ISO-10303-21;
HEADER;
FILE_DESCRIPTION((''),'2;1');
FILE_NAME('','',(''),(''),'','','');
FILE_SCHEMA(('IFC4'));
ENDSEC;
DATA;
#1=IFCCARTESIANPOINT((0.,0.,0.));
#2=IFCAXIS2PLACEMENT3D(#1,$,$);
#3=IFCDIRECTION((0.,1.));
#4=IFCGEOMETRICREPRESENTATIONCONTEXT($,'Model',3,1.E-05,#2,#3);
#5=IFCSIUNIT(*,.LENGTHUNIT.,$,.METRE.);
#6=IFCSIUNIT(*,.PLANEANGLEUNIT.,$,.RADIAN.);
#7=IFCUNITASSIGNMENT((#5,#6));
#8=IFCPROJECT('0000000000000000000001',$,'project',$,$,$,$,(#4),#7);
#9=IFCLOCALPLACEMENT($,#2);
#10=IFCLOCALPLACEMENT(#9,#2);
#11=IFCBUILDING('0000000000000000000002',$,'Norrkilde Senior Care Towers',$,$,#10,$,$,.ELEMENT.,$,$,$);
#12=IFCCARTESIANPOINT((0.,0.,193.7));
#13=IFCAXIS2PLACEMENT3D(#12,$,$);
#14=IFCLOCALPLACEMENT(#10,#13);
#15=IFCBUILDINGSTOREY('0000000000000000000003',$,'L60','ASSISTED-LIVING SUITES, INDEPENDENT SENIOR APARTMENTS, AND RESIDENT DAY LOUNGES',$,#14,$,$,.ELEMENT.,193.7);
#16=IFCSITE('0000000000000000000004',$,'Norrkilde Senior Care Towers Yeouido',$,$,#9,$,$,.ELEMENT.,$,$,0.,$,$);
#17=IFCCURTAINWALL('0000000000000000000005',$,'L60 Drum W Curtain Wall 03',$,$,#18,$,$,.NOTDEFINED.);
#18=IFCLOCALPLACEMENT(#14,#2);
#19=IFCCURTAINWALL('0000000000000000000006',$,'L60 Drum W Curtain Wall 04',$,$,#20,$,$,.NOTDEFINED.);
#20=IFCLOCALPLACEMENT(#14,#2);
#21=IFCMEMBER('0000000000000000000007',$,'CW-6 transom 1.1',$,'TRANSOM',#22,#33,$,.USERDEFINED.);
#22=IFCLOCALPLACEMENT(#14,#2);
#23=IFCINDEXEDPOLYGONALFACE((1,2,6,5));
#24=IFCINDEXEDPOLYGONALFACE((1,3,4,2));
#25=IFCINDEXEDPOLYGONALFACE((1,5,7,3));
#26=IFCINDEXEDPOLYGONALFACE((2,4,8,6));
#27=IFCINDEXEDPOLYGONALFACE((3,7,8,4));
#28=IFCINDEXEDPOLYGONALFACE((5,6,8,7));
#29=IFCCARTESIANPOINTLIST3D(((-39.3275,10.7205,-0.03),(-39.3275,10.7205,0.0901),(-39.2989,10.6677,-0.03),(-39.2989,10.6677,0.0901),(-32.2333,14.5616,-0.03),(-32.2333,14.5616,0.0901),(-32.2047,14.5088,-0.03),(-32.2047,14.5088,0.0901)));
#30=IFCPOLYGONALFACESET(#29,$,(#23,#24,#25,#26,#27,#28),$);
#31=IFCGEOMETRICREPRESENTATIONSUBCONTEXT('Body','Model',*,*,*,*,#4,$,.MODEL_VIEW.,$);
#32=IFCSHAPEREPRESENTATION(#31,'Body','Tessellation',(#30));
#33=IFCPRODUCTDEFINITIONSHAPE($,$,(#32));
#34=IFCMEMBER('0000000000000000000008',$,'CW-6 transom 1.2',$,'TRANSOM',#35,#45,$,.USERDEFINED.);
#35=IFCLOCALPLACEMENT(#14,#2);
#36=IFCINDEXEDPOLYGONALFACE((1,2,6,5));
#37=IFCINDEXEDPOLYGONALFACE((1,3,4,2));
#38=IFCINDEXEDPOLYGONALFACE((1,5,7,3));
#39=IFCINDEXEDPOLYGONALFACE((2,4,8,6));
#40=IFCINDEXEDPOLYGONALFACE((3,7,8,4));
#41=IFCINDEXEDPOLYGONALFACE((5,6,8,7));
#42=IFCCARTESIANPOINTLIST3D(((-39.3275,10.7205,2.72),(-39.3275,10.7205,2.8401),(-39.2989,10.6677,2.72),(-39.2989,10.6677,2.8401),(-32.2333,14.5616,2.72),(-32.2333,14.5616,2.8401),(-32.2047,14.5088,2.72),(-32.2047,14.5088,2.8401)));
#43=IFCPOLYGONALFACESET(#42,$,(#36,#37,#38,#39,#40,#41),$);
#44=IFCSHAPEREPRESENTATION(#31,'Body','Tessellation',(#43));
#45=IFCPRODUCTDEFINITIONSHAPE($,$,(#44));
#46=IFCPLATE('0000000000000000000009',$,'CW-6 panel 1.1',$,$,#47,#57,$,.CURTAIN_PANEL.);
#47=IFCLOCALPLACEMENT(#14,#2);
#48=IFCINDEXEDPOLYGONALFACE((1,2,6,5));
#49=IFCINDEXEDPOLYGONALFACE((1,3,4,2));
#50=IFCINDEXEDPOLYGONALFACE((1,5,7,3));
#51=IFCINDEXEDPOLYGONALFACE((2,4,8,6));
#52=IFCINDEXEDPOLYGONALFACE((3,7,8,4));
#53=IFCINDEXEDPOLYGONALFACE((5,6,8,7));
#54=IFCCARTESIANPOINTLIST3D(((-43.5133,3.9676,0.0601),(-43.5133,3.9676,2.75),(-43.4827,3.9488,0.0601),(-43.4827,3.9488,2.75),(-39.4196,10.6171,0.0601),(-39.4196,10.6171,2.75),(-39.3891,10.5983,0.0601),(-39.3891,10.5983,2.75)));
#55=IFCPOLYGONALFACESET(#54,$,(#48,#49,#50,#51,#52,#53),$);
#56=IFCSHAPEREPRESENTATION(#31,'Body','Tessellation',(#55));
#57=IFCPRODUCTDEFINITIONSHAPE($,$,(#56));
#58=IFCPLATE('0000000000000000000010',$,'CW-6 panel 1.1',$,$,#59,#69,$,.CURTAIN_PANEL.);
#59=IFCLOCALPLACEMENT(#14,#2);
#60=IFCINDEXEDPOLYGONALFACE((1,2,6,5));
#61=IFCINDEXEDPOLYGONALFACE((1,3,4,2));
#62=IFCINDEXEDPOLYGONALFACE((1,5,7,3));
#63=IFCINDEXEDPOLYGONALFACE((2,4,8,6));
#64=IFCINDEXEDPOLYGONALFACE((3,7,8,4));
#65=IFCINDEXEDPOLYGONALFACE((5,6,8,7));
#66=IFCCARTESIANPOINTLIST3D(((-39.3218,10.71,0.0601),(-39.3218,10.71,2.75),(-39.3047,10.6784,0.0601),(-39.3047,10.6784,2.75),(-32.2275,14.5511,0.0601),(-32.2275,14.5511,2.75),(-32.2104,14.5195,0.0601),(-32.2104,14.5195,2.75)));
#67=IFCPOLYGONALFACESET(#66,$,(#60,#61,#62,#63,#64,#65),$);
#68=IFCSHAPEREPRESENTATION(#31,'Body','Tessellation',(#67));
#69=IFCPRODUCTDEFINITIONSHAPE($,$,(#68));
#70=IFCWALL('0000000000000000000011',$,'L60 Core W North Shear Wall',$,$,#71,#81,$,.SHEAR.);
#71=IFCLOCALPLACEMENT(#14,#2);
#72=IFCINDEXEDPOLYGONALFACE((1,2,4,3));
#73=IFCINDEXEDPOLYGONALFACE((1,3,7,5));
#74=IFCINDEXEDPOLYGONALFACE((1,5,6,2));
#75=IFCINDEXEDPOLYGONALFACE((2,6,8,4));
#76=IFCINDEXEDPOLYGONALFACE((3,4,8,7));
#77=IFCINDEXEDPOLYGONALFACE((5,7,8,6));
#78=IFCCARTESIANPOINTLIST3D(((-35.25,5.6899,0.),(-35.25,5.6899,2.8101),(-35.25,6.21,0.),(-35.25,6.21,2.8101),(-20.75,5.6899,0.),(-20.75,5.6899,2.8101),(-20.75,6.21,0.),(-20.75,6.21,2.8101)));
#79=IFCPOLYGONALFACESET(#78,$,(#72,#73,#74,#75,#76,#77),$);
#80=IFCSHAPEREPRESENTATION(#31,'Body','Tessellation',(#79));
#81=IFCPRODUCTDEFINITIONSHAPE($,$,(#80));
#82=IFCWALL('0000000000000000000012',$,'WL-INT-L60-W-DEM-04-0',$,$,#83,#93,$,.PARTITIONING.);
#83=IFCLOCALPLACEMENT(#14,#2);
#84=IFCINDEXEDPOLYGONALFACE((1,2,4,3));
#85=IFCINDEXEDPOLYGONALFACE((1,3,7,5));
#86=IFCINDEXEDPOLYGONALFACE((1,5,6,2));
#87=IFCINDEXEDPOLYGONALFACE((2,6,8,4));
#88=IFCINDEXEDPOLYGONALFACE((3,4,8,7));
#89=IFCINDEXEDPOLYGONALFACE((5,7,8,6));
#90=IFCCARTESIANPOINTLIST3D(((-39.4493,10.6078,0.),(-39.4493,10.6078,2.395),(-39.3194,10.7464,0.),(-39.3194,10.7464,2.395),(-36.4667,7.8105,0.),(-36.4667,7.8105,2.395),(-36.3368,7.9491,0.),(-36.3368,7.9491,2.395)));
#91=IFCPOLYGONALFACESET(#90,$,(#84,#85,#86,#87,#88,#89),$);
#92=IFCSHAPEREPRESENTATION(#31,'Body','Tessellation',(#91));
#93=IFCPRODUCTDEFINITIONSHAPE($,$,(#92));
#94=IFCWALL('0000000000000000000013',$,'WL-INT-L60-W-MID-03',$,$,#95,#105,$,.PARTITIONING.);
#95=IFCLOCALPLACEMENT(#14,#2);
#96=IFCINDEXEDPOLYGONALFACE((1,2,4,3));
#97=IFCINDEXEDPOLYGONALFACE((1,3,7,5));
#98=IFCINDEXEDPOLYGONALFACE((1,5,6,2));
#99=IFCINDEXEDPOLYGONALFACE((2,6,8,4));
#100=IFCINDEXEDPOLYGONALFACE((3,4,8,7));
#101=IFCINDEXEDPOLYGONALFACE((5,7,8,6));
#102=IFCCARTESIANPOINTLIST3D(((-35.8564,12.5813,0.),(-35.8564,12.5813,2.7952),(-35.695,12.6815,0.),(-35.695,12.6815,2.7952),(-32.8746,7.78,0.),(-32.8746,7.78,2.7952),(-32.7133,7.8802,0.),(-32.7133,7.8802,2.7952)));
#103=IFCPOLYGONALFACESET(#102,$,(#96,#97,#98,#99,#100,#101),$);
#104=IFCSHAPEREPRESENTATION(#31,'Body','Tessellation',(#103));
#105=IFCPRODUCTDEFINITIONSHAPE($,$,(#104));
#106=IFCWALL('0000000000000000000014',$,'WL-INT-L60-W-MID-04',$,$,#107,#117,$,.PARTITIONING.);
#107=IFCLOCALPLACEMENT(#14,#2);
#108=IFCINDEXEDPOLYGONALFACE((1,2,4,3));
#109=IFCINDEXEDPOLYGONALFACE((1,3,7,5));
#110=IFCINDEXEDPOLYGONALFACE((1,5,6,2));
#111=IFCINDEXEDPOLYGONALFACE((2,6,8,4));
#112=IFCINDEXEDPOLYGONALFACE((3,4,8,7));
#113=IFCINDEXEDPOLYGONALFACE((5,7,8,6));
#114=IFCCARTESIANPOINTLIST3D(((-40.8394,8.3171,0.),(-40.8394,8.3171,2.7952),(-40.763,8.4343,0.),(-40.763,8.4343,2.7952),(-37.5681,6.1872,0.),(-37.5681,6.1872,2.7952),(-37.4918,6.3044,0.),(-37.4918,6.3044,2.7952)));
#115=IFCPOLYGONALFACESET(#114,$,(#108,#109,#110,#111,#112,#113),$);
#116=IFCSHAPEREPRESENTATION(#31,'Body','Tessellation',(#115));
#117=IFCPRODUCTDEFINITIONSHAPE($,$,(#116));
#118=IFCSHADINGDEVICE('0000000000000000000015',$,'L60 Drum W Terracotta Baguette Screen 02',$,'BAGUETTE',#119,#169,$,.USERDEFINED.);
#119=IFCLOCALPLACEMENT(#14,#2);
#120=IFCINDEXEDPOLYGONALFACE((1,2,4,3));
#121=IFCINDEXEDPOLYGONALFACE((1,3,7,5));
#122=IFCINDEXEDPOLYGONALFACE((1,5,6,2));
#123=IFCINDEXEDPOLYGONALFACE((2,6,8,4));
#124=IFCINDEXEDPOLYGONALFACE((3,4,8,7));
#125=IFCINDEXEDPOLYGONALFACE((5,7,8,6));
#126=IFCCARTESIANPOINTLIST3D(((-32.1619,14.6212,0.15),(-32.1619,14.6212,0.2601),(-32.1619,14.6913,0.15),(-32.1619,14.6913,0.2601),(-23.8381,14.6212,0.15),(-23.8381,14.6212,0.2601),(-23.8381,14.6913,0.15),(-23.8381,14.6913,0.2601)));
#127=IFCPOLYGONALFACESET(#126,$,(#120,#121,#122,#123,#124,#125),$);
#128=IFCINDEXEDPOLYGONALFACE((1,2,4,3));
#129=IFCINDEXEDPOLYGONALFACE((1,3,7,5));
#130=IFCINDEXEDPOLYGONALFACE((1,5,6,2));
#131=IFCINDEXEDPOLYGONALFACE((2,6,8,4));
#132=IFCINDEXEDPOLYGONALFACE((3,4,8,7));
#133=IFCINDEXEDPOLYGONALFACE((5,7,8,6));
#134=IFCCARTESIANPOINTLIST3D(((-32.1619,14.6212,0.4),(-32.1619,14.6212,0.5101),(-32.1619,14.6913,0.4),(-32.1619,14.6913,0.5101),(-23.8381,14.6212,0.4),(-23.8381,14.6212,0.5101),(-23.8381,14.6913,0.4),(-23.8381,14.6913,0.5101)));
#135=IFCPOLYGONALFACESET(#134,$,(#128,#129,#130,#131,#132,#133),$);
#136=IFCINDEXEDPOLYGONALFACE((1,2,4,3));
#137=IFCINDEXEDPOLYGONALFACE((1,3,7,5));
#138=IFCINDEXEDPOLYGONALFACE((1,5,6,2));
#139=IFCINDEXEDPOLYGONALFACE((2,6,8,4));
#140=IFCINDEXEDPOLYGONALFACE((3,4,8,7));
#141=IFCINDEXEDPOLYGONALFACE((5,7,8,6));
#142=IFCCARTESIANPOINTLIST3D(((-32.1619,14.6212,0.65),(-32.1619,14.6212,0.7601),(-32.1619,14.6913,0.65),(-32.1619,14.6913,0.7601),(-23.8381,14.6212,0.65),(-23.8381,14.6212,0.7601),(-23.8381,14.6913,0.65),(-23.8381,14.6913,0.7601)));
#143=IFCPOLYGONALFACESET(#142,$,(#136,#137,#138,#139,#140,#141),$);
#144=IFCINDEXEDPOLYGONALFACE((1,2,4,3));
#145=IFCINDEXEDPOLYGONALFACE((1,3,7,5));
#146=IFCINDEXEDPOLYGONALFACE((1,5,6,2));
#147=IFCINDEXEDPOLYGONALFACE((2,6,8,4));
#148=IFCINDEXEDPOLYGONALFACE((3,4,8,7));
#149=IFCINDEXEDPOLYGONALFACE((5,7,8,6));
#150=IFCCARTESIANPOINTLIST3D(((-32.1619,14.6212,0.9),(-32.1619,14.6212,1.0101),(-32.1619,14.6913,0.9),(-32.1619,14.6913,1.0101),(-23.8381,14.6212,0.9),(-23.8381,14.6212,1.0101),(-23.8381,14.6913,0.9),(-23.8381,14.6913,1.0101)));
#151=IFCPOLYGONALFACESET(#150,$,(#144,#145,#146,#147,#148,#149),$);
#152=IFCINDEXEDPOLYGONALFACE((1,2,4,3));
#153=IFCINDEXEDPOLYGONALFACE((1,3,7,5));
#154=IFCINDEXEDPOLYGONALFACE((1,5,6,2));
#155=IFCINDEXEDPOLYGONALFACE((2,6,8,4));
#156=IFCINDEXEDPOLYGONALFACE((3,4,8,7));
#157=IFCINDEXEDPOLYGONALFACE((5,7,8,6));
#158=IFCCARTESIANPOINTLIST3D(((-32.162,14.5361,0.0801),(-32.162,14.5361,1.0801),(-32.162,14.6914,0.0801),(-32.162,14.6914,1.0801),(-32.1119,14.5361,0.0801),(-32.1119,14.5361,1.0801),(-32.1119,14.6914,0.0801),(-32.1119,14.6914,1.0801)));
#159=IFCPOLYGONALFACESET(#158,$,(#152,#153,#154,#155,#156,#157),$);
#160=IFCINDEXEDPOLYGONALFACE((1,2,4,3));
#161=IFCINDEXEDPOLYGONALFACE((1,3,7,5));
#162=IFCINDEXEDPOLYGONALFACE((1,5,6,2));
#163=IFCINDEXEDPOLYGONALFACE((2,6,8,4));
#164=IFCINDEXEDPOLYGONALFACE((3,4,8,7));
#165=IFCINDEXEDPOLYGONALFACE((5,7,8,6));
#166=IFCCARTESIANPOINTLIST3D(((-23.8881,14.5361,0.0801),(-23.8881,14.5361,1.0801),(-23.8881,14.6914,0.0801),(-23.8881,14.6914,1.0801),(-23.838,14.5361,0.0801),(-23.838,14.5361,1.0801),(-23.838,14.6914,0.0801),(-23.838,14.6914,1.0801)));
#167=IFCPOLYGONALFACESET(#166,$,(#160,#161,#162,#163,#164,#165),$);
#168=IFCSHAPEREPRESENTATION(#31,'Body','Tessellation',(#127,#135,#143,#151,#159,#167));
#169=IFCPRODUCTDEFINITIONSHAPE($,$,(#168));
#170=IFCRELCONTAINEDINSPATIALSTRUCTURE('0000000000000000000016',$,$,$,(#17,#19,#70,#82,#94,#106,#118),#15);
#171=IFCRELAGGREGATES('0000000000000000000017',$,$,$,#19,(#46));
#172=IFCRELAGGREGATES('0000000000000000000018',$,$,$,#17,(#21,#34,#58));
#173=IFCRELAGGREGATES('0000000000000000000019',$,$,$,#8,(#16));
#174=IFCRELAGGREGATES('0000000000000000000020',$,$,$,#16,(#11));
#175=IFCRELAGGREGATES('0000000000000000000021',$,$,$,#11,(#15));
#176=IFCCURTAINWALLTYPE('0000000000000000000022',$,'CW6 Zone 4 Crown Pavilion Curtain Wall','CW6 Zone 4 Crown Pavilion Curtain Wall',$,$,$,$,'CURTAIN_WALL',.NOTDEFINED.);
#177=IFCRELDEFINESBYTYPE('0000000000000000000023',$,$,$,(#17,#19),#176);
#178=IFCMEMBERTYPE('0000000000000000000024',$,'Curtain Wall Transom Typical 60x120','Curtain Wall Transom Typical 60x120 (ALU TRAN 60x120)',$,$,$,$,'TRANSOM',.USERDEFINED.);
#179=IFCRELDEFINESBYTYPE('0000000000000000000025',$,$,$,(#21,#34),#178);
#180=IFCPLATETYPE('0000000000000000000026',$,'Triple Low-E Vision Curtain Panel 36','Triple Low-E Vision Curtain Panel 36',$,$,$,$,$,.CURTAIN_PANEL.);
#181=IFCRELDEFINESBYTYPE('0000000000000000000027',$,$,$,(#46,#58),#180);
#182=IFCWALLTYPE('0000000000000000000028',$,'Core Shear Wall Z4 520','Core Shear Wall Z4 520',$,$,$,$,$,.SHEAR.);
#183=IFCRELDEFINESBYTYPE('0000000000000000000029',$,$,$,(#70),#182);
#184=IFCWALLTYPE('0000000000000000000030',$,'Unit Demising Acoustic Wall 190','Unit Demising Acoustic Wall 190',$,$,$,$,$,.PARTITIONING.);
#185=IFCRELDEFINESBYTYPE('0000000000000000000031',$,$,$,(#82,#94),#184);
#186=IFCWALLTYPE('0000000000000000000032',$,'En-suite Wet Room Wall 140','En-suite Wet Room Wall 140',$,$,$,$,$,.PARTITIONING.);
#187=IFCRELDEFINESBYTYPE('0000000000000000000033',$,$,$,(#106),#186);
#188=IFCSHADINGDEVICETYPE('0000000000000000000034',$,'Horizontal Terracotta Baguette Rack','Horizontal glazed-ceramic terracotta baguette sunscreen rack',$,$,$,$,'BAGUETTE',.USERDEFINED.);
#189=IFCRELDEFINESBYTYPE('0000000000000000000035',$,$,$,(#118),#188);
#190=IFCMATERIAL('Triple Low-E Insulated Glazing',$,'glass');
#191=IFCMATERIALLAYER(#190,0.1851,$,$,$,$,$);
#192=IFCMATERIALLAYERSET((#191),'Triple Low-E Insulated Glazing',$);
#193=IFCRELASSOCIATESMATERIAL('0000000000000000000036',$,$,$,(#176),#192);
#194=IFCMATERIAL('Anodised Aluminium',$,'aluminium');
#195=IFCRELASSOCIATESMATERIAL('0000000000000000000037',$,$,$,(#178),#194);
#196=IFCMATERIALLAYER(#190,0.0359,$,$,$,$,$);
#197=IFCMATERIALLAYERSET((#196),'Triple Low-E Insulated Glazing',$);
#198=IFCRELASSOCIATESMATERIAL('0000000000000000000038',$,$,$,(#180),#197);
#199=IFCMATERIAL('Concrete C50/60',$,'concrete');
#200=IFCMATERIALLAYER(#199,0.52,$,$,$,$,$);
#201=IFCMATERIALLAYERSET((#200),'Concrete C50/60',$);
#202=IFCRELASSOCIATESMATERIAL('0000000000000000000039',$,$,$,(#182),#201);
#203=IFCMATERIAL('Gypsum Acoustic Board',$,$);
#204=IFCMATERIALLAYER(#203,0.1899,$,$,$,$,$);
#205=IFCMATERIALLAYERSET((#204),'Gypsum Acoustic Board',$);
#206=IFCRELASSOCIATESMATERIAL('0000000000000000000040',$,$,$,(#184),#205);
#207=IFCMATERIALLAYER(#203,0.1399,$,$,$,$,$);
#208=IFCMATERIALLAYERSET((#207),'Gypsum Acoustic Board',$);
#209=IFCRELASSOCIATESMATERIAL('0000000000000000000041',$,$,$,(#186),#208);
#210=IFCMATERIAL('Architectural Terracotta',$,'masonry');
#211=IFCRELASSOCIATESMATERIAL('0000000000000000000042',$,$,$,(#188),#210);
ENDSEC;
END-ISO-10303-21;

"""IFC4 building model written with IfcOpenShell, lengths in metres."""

from ifc_helpers import new_model, si_unit, direction, frame, frame_2d, origin, origin_2d, place, context, subcontext, project, spatial, rectangle, extrude, source, transform, mapped, material, layer, layer_set, material_profile, profile_set, type_object, type_shapes, element, aggregate, save


model = new_model("IFC4")

# Units and contexts
model_context = context("Model", 3, precision=1e-05, world=origin(), true_north=direction((0.0, 1.0)))
body_context = subcontext(model_context, "Body", "Model", "MODEL_VIEW")
ifc_project = project(units=[si_unit("LENGTHUNIT", "METRE"), si_unit("PLANEANGLEUNIT", "RADIAN")], contexts=[model_context])

# Site, building, storey
site_placement = place(None, origin())
site = spatial("IfcSite", under=ifc_project, at=site_placement, Name="Norrkilde Senior Care Towers Yeouido", CompositionType="ELEMENT", RefElevation=0.0)
building_placement = place(site_placement, origin())
building = spatial("IfcBuilding", under=site, at=building_placement, Name="Norrkilde Senior Care Towers", CompositionType="ELEMENT")
storey_placement = place(building_placement, frame((0.0, 0.0, 193.7)))
storey = spatial("IfcBuildingStorey", under=building, at=storey_placement, Name="L60", Description="ASSISTED-LIVING SUITES, INDEPENDENT SENIOR APARTMENTS, AND RESIDENT DAY LOUNGES", CompositionType="ELEMENT", Elevation=193.7)

# Shared definitions
ifc_material_1 = material(Name="Concrete C50/60", Category="concrete")

# Shared definitions
ifc_material_2 = material(Name="Triple Low-E Insulated Glazing", Category="glass")
ifc_layer_1 = layer(ifc_material_2, 0.1851)
ifc_layer_set_1 = layer_set([ifc_layer_1], Name="Triple Low-E Insulated Glazing")
curtain_wall_type = type_object("IfcCurtainWallType", Name="CW6 Zone 4 Crown Pavilion Curtain Wall", Description="CW6 Zone 4 Crown Pavilion Curtain Wall", ElementType="CURTAIN_WALL", PredefinedType="NOTDEFINED", material=ifc_layer_set_1)
ifc_material_3 = material(Name="Anodised Aluminium", Category="aluminium")

# Curtain wall
curtain_wall_1_placement = place(storey_placement, origin())
curtain_wall_1 = element("IfcCurtainWall", 1, at=curtain_wall_1_placement, inside=storey, type_object=curtain_wall_type, Name="L60 Drum W Curtain Wall 03", PredefinedType="NOTDEFINED")

# Curtain wall
curtain_wall_2_placement = place(storey_placement, origin())
curtain_wall_2 = element("IfcCurtainWall", 2, at=curtain_wall_2_placement, inside=storey, type_object=curtain_wall_type, Name="L60 Drum W Curtain Wall 04", PredefinedType="NOTDEFINED")

# Members
ifc_material_profile_1 = material_profile(ifc_material_3, rectangle(XDim=0.0601, YDim=0.1201, at=origin_2d()), Name="ALU TRAN 60x120")
ifc_profile_set_1 = profile_set([ifc_material_profile_1], Name="Anodised Aluminium")
member_type_1 = type_object("IfcMemberType", Name="Curtain Wall Transom Typical 60x120", Description="Curtain Wall Transom Typical 60x120 (ALU TRAN 60x120)", ElementType="TRANSOM", PredefinedType="USERDEFINED", material=ifc_profile_set_1)
shared_shape_1 = source(origin(), body_context, "Body", "SweptSolid", [
    extrude(rectangle(XDim=0.0601, YDim=0.1201, at=origin_2d()), origin(), (0.0, 0.0, 1.0), 8.0674),
])
member_1_placement = place(storey_placement, frame((-39.3132, 10.6941, 0.03), z_axis=(0.879378, 0.476125, 0.0), x_axis=(-0.476125, 0.879378, 0.0)))
member_1 = element("IfcMember", 3, at=member_1_placement, type_object=member_type_1, Name="CW-6 transom 1.1", ObjectType="TRANSOM", PredefinedType="USERDEFINED", context=body_context, shape_type="MappedRepresentation", body=[
    mapped(shared_shape_1, transform((0.0, 0.0, 0.0), x_axis=(1.0, 0.0, 0.0), y_axis=(0.0, 1.0, 0.0), z_axis=(0.0, 0.0, 1.0), scale=1.0)),
])
member_2_placement = place(storey_placement, frame((-39.3132, 10.6941, 2.78), z_axis=(0.879378, 0.476125, 0.0), x_axis=(-0.476125, 0.879378, 0.0)))
member_2 = element("IfcMember", 4, at=member_2_placement, type_object=member_type_1, Name="CW-6 transom 1.2", ObjectType="TRANSOM", PredefinedType="USERDEFINED", context=body_context, shape_type="MappedRepresentation", body=[
    mapped(shared_shape_1, transform((0.0, 0.0, 0.0), x_axis=(1.0, 0.0, 0.0), y_axis=(0.0, 1.0, 0.0), z_axis=(0.0, 0.0, 1.0), scale=1.0)),
])

# Plates
ifc_layer_2 = layer(ifc_material_2, 0.0359)
ifc_layer_set_2 = layer_set([ifc_layer_2], Name="Triple Low-E Insulated Glazing")
plate_type = type_object("IfcPlateType", Name="Triple Low-E Vision Curtain Panel 36", Description="Triple Low-E Vision Curtain Panel 36", PredefinedType="CURTAIN_PANEL", material=ifc_layer_set_2)
shared_shape_2 = source(origin(), body_context, "Body", "SweptSolid", [
    extrude(rectangle(XDim=7.8086, YDim=0.0359, at=origin_2d()), origin(), (0.0, 0.0, 1.0), 2.6899),
])
plate_1_placement = place(storey_placement, frame((-41.4512, 7.283, 0.0601), z_axis=(0.0, 0.0, 1.0), x_axis=(0.524253, 0.851563, 0.0)))
plate_1 = element("IfcPlate", 5, at=plate_1_placement, type_object=plate_type, Name="CW-6 panel 1.1", PredefinedType="CURTAIN_PANEL", context=body_context, shape_type="MappedRepresentation", body=[
    mapped(shared_shape_2, transform((0.0, 0.0, 0.0), x_axis=(1.0, 0.0, 0.0), y_axis=(0.0, 1.0, 0.0), z_axis=(0.0, 0.0, 1.0), scale=1.0)),
])
aggregate(curtain_wall_2, [plate_1])
shared_shape_3 = source(origin(), body_context, "Body", "SweptSolid", [
    extrude(rectangle(XDim=8.0674, YDim=0.0359, at=origin_2d()), origin(), (0.0, 0.0, 1.0), 2.6899),
])
type_shapes(plate_type, [shared_shape_2, shared_shape_3])
plate_2_placement = place(storey_placement, frame((-35.7661, 12.6147, 0.0601), z_axis=(0.0, 0.0, 1.0), x_axis=(0.879373, 0.476133, 0.0)))
plate_2 = element("IfcPlate", 6, at=plate_2_placement, type_object=plate_type, Name="CW-6 panel 1.1", PredefinedType="CURTAIN_PANEL", context=body_context, shape_type="MappedRepresentation", body=[
    mapped(shared_shape_3, transform((0.0, 0.0, 0.0), x_axis=(1.0, 0.0, 0.0), y_axis=(0.0, 1.0, 0.0), z_axis=(0.0, 0.0, 1.0), scale=1.0)),
])
aggregate(curtain_wall_1, [member_1, member_2, plate_2])

# Wall
ifc_layer_3 = layer(ifc_material_1, 0.52)
ifc_layer_set_3 = layer_set([ifc_layer_3], Name="Concrete C50/60")
wall_type_1 = type_object("IfcWallType", Name="Core Shear Wall Z4 520", Description="Core Shear Wall Z4 520", PredefinedType="SHEAR", material=ifc_layer_set_3)
shared_shape_4 = source(origin(), body_context, "Body", "SweptSolid", [
    extrude(rectangle(XDim=14.5, YDim=0.52, at=frame_2d((7.25, 0.0))), origin(), (0.0, 0.0, 1.0), 2.8101),
])
type_shapes(wall_type_1, [shared_shape_4])
wall_1_placement = place(storey_placement, frame((-35.25, 5.95, 0.0), z_axis=(0.0, 0.0, 1.0), x_axis=(1.0, 0.0, 0.0)))
element("IfcWall", 7, at=wall_1_placement, inside=storey, type_object=wall_type_1, Name="L60 Core W North Shear Wall", PredefinedType="SHEAR", context=body_context, shape_type="MappedRepresentation", body=[
    mapped(shared_shape_4, transform((0.0, 0.0, 0.0), x_axis=(1.0, 0.0, 0.0), y_axis=(0.0, 1.0, 0.0), z_axis=(0.0, 0.0, 1.0), scale=1.0)),
])

# Shared definitions
ifc_material_4 = material(Name="Gypsum Acoustic Board")

# Walls
ifc_layer_4 = layer(ifc_material_4, 0.1899)
ifc_layer_set_4 = layer_set([ifc_layer_4], Name="Gypsum Acoustic Board")
wall_type_2 = type_object("IfcWallType", Name="Unit Demising Acoustic Wall 190", Description="Unit Demising Acoustic Wall 190", PredefinedType="PARTITIONING", material=ifc_layer_set_4)
shared_shape_5 = source(origin(), body_context, "Body", "SweptSolid", [
    extrude(rectangle(XDim=4.0891, YDim=0.1899, at=frame_2d((2.0444, 0.0))), origin(), (0.0, 0.0, 1.0), 2.395),
])
wall_2_placement = place(storey_placement, frame((-36.4019, 7.8799, 0.0), z_axis=(0.0, 0.0, 1.0), x_axis=(-0.729401, 0.684086, 0.0)))
element("IfcWall", 8, at=wall_2_placement, inside=storey, type_object=wall_type_2, Name="WL-INT-L60-W-DEM-04-0", PredefinedType="PARTITIONING", context=body_context, shape_type="MappedRepresentation", body=[
    mapped(shared_shape_5, transform((0.0, 0.0, 0.0), x_axis=(1.0, 0.0, 0.0), y_axis=(0.0, 1.0, 0.0), z_axis=(0.0, 0.0, 1.0), scale=1.0)),
])
shared_shape_6 = source(origin(), body_context, "Body", "SweptSolid", [
    extrude(rectangle(XDim=5.6519, YDim=0.1899, at=frame_2d((2.8259, 0.0))), origin(), (0.0, 0.0, 1.0), 2.7952),
])
type_shapes(wall_type_2, [shared_shape_5, shared_shape_6])
wall_3_placement = place(storey_placement, frame((-32.7939, 7.8301, 0.0), z_axis=(0.0, 0.0, 1.0), x_axis=(-0.527566, 0.849514, 0.0)))
element("IfcWall", 9, at=wall_3_placement, inside=storey, type_object=wall_type_2, Name="WL-INT-L60-W-MID-03", PredefinedType="PARTITIONING", context=body_context, shape_type="MappedRepresentation", body=[
    mapped(shared_shape_6, transform((0.0, 0.0, 0.0), x_axis=(1.0, 0.0, 0.0), y_axis=(0.0, 1.0, 0.0), z_axis=(0.0, 0.0, 1.0), scale=1.0)),
])
ifc_layer_5 = layer(ifc_material_4, 0.1399)
ifc_layer_set_5 = layer_set([ifc_layer_5], Name="Gypsum Acoustic Board")
wall_type_3 = type_object("IfcWallType", Name="En-suite Wet Room Wall 140", Description="En-suite Wet Room Wall 140", PredefinedType="PARTITIONING", material=ifc_layer_set_5)
shared_shape_7 = source(origin(), body_context, "Body", "SweptSolid", [
    extrude(rectangle(XDim=3.9036, YDim=0.1399, at=frame_2d((1.9517, 0.0))), origin(), (0.0, 0.0, 1.0), 2.7952),
])
type_shapes(wall_type_3, [shared_shape_7])
wall_4_placement = place(storey_placement, frame((-37.53, 6.2458, 0.0), z_axis=(0.0, 0.0, 1.0), x_axis=(-0.838025, 0.545632, 0.0)))
element("IfcWall", 10, at=wall_4_placement, inside=storey, type_object=wall_type_3, Name="WL-INT-L60-W-MID-04", PredefinedType="PARTITIONING", context=body_context, shape_type="MappedRepresentation", body=[
    mapped(shared_shape_7, transform((0.0, 0.0, 0.0), x_axis=(1.0, 0.0, 0.0), y_axis=(0.0, 1.0, 0.0), z_axis=(0.0, 0.0, 1.0), scale=1.0)),
])

# Shading device
ifc_material_5 = material(Name="Architectural Terracotta", Category="masonry")
shading_device_type = type_object("IfcShadingDeviceType", Name="Horizontal Terracotta Baguette Rack", Description="Horizontal glazed-ceramic terracotta baguette sunscreen rack", ElementType="BAGUETTE", PredefinedType="USERDEFINED", material=ifc_material_5)
shared_shape_8 = source(origin(), body_context, "Body", "SweptSolid", [
    extrude(rectangle(XDim=0.0701, YDim=0.1101, at=origin_2d()), frame((0.0, 0.0901, 0.125), z_axis=(1.0, 0.0, 0.0), x_axis=(0.0, 1.0, 0.0)), (0.0, 0.0, 1.0), 8.3237),
    extrude(rectangle(XDim=0.0701, YDim=0.1101, at=origin_2d()), frame((0.0, 0.0901, 0.375), z_axis=(1.0, 0.0, 0.0), x_axis=(0.0, 1.0, 0.0)), (0.0, 0.0, 1.0), 8.3237),
    extrude(rectangle(XDim=0.0701, YDim=0.1101, at=origin_2d()), frame((0.0, 0.0901, 0.625), z_axis=(1.0, 0.0, 0.0), x_axis=(0.0, 1.0, 0.0)), (0.0, 0.0, 1.0), 8.3237),
    extrude(rectangle(XDim=0.0701, YDim=0.1101, at=origin_2d()), frame((0.0, 0.0901, 0.875), z_axis=(1.0, 0.0, 0.0), x_axis=(0.0, 1.0, 0.0)), (0.0, 0.0, 1.0), 8.3237),
    extrude(rectangle(XDim=0.05, YDim=0.1553, at=origin_2d()), frame((0.0249, 0.0476, 0.0)), (0.0, 0.0, 1.0), 1.0),
    extrude(rectangle(XDim=0.05, YDim=0.1553, at=origin_2d()), frame((8.2988, 0.0476, 0.0)), (0.0, 0.0, 1.0), 1.0),
])
type_shapes(shading_device_type, [shared_shape_8])
shading_device_placement = place(storey_placement, frame((-32.1619, 14.5662, 0.0801), z_axis=(0.0, 0.0, 1.0), x_axis=(1.0, 0.0, 0.0)))
element("IfcShadingDevice", 11, at=shading_device_placement, inside=storey, type_object=shading_device_type, Name="L60 Drum W Terracotta Baguette Screen 02", ObjectType="BAGUETTE", PredefinedType="USERDEFINED", context=body_context, shape_type="MappedRepresentation", body=[
    mapped(shared_shape_8, transform((0.0, 0.0, 0.0), x_axis=(1.0, 0.0, 0.0), y_axis=(0.0, 1.0, 0.0), z_axis=(0.0, 0.0, 1.0), scale=1.0)),
])

save(model, "model.ifc")
